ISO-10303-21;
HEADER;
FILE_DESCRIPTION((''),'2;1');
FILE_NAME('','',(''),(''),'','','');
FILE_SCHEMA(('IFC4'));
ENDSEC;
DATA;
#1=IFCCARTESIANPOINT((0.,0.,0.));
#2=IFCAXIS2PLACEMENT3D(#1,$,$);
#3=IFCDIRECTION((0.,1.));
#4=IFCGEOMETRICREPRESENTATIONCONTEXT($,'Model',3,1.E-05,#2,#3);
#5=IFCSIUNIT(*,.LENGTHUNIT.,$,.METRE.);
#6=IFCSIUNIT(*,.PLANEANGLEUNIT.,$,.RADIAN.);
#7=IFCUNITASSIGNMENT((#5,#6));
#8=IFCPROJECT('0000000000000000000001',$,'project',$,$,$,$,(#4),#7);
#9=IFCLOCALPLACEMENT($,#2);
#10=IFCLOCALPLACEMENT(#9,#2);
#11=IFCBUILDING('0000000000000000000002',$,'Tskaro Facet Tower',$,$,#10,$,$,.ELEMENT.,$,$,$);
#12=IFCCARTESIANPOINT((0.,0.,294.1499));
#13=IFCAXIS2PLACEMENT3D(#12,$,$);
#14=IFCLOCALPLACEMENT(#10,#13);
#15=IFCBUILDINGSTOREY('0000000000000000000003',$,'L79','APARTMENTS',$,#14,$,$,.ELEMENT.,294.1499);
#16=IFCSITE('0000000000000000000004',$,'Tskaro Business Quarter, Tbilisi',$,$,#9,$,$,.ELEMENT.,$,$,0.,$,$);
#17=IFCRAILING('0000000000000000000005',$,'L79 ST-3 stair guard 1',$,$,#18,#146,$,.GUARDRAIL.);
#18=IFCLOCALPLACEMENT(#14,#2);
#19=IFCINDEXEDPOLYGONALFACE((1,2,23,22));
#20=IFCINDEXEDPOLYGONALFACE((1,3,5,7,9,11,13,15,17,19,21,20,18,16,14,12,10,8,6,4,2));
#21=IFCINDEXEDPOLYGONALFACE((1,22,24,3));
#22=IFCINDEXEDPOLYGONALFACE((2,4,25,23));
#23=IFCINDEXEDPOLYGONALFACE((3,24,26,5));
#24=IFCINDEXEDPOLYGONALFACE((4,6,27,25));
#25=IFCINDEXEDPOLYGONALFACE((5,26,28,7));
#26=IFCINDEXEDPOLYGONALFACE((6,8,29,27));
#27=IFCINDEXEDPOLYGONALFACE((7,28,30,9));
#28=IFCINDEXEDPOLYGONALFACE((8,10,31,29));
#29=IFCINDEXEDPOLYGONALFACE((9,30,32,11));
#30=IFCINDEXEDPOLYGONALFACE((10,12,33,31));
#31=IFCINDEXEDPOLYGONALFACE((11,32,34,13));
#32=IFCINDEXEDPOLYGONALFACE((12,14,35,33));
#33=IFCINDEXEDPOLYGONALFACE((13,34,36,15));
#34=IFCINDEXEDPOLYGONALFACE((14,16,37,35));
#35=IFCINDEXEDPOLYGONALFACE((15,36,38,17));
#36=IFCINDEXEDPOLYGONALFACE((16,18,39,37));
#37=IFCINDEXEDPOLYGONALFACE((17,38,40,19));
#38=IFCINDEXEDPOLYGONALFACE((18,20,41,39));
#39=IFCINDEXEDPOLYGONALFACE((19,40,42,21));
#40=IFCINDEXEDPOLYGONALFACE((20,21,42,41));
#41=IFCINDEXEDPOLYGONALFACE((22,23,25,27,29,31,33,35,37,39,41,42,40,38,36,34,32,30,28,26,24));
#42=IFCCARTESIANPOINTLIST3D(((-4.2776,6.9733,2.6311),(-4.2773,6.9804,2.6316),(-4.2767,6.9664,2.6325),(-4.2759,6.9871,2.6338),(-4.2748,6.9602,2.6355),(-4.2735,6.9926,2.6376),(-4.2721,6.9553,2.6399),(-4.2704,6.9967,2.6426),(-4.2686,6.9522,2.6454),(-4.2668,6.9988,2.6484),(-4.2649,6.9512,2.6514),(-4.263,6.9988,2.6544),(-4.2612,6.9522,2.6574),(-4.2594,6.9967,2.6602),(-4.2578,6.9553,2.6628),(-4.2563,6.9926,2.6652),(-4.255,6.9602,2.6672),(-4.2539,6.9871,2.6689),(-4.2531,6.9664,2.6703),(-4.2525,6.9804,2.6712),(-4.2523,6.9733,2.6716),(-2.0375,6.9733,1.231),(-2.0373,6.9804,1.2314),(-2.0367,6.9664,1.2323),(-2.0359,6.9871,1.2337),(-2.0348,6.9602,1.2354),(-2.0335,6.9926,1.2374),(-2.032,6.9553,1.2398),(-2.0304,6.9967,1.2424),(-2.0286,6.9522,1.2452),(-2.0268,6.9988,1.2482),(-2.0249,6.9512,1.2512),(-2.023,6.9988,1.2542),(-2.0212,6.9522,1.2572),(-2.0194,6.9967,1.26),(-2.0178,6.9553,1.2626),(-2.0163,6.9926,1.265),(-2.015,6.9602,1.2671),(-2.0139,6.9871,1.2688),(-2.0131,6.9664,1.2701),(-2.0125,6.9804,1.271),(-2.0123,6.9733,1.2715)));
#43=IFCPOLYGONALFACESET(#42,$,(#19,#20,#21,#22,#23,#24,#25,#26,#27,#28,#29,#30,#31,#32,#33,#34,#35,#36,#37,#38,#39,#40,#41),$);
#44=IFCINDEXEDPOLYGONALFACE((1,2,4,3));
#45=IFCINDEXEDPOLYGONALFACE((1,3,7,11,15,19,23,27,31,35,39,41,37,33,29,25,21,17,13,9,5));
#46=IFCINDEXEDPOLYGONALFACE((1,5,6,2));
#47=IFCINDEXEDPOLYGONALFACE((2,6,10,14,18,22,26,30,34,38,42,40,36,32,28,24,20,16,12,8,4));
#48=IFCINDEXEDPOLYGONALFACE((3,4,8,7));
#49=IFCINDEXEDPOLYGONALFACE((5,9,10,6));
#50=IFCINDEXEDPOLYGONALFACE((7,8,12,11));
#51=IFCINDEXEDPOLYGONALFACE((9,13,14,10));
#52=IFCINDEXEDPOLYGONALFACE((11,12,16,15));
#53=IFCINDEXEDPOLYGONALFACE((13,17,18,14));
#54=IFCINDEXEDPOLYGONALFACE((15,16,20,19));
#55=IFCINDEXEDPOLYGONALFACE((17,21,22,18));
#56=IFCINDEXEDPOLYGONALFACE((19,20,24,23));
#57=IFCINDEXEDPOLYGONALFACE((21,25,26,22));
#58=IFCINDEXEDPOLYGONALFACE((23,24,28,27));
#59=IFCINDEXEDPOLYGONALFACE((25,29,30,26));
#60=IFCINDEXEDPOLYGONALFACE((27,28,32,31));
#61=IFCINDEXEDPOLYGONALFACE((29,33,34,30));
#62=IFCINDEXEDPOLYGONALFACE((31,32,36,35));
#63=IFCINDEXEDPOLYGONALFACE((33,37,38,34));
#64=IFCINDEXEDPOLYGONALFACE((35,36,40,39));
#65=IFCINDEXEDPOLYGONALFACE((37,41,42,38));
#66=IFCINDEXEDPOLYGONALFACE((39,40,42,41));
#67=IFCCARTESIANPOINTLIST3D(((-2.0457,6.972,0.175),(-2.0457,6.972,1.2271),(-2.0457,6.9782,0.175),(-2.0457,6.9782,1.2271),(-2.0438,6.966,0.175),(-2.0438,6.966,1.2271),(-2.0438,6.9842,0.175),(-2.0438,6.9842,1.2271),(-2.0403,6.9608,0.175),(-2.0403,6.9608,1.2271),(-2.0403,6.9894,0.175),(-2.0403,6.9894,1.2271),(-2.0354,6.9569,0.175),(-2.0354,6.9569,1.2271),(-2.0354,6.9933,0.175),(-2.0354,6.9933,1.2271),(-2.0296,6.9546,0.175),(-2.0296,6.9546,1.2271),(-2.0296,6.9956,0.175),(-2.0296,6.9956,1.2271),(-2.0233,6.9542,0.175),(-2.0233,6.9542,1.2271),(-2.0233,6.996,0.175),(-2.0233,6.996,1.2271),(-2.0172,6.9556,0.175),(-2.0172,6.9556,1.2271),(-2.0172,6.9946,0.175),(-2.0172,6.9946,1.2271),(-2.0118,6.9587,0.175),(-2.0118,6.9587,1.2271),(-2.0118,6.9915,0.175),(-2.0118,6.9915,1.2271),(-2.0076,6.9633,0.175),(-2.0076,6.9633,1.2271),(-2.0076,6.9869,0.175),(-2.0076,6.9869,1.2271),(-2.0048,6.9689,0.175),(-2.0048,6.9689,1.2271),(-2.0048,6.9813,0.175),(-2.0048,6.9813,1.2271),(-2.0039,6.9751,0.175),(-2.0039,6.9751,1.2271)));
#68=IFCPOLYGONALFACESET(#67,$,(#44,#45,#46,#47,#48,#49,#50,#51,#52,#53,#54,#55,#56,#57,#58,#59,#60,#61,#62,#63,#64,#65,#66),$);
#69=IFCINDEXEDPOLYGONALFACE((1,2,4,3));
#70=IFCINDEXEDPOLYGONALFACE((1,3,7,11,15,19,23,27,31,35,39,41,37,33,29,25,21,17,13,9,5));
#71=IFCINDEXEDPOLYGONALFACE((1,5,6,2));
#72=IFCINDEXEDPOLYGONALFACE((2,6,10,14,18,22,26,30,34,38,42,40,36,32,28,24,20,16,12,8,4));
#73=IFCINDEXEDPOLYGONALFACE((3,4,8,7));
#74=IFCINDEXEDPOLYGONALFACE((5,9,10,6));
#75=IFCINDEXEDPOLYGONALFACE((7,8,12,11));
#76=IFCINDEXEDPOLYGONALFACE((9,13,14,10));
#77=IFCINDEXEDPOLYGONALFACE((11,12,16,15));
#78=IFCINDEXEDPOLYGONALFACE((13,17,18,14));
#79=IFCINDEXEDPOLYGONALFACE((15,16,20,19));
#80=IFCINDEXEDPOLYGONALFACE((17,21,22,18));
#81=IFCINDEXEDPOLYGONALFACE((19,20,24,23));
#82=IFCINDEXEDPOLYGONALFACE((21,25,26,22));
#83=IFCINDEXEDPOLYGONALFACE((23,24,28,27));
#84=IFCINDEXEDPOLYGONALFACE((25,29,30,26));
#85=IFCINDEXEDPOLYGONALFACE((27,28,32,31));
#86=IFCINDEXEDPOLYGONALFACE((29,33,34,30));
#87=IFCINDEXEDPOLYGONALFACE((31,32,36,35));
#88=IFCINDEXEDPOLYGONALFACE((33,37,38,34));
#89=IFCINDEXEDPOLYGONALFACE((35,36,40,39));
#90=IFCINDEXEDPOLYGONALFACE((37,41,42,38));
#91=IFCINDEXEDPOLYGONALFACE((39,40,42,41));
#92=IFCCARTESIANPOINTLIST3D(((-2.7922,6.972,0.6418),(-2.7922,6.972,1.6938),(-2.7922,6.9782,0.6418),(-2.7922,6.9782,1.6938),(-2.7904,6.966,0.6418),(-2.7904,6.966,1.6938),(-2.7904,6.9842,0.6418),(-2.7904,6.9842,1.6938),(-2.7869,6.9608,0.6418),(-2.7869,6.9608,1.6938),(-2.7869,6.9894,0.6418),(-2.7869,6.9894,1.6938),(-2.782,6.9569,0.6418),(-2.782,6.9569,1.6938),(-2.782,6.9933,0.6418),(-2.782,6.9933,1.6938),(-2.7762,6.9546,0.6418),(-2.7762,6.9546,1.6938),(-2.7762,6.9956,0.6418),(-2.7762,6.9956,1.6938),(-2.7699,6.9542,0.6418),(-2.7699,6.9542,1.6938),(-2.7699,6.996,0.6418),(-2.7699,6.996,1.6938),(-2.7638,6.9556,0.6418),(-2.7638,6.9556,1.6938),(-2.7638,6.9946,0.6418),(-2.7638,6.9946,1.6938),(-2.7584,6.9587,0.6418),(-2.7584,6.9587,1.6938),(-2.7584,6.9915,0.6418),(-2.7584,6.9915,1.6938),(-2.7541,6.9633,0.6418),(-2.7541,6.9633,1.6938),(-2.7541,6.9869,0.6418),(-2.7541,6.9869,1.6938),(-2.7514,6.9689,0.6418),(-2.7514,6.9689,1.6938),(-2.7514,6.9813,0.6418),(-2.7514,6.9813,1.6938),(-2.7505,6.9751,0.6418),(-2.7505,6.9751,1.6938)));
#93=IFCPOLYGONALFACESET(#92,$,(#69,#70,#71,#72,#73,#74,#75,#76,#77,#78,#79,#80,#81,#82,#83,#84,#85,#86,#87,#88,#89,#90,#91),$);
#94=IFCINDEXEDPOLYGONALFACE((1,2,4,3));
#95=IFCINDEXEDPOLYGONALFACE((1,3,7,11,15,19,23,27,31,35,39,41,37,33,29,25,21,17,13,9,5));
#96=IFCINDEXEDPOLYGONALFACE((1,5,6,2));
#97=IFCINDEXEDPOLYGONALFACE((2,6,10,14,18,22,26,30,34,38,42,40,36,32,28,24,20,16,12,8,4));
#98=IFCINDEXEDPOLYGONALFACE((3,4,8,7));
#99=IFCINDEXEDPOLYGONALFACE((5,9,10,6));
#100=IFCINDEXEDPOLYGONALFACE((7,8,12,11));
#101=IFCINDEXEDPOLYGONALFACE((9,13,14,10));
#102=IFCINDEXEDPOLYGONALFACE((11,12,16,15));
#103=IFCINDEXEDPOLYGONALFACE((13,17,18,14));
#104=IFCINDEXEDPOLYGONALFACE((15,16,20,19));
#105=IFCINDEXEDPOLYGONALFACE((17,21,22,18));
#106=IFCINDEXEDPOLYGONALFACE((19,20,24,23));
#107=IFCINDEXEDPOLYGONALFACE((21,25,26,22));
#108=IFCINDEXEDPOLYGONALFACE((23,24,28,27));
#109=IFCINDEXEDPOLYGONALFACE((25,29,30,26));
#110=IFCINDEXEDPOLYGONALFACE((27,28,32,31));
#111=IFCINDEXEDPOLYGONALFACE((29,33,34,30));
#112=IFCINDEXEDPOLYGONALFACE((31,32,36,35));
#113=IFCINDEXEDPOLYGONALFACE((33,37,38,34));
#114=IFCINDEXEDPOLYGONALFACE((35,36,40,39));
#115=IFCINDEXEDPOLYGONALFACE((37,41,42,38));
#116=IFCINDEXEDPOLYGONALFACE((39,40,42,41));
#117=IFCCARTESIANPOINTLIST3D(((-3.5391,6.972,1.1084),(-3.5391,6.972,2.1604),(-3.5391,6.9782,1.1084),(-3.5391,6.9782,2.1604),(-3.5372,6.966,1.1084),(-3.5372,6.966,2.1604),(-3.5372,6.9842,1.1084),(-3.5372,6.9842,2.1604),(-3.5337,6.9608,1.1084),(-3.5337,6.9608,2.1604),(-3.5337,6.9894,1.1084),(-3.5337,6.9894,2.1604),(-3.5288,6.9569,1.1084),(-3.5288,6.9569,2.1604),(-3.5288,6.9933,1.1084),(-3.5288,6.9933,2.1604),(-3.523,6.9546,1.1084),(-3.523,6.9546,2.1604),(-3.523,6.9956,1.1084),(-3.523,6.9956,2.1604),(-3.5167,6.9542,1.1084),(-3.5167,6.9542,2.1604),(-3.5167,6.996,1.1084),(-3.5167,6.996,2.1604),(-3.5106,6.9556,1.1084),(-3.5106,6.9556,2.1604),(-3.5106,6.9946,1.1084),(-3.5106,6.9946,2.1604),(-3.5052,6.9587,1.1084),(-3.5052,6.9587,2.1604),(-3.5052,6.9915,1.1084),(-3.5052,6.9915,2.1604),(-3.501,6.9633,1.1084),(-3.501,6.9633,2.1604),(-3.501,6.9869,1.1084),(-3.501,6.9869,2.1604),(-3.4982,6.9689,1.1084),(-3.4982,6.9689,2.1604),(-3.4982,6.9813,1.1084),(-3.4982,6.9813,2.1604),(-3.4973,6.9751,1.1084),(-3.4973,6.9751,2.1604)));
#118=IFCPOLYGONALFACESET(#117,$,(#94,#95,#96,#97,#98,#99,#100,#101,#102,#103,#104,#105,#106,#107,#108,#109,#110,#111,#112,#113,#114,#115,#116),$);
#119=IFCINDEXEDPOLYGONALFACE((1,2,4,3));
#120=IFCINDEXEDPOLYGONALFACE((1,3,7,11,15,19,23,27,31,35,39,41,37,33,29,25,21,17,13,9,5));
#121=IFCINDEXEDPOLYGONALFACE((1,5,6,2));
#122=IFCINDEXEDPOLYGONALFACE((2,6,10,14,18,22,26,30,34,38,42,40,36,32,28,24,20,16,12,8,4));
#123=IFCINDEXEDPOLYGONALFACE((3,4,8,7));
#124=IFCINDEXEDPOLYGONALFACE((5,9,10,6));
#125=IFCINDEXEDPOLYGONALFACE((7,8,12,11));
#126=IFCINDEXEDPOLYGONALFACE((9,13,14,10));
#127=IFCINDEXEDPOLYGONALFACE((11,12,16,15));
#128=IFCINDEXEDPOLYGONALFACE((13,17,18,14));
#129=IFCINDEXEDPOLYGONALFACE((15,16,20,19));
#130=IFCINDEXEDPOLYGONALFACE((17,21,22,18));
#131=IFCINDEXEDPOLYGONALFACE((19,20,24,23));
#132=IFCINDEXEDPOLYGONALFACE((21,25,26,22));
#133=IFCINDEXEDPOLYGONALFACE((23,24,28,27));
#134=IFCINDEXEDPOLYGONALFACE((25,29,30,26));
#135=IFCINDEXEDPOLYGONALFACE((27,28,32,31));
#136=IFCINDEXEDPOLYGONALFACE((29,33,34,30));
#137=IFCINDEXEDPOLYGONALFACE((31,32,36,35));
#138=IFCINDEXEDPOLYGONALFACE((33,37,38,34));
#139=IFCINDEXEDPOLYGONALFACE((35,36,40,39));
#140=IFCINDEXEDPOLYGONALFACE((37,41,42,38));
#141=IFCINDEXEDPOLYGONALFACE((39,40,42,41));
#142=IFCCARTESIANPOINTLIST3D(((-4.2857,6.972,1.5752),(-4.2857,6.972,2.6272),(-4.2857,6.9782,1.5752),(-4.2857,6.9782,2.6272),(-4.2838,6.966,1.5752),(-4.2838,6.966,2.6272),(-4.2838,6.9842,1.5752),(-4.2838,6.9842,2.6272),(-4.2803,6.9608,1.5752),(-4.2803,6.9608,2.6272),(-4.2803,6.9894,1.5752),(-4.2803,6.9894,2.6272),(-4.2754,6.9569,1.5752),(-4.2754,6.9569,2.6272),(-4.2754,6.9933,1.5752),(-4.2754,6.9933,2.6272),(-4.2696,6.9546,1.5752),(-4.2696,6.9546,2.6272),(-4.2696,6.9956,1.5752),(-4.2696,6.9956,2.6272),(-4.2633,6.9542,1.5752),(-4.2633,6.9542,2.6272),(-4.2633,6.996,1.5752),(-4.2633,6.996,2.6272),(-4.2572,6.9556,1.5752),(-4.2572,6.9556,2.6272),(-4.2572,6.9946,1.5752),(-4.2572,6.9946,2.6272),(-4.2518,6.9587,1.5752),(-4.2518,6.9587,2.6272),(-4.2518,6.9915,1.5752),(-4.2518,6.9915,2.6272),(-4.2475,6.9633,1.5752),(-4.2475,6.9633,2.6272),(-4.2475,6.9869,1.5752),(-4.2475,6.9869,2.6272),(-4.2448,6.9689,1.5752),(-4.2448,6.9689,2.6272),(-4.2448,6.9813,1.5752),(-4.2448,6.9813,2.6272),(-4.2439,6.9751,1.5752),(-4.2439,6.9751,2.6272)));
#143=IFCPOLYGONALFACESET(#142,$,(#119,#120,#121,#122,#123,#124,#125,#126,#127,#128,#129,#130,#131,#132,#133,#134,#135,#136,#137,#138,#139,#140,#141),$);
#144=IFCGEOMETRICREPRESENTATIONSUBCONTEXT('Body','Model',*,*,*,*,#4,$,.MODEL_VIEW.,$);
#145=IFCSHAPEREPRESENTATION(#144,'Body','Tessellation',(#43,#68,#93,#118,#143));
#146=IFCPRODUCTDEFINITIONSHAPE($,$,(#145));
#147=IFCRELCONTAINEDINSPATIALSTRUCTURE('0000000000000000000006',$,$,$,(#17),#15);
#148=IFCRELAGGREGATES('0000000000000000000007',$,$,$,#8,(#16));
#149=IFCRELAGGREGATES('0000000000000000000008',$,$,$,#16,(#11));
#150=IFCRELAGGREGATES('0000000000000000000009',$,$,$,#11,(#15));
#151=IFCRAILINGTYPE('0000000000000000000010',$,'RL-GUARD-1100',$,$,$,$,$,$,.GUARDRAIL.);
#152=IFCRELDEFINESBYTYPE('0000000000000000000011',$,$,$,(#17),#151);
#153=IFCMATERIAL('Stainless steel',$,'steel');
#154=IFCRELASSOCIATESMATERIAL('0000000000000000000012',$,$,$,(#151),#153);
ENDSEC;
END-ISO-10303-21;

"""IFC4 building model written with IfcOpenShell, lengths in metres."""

from ifc_helpers import new_model, si_unit, direction, frame, origin, origin_2d, place, context, subcontext, project, spatial, circle, extrude, material, type_object, element, save


model = new_model("IFC4")

# Units and contexts
model_context = context("Model", 3, precision=1e-05, world=origin(), true_north=direction((0.0, 1.0)))
body_context = subcontext(model_context, "Body", "Model", "MODEL_VIEW")
ifc_project = project(units=[si_unit("LENGTHUNIT", "METRE"), si_unit("PLANEANGLEUNIT", "RADIAN")], contexts=[model_context])

# Site, building, storey
site_placement = place(None, origin())
site = spatial("IfcSite", under=ifc_project, at=site_placement, Name="Tskaro Business Quarter, Tbilisi", CompositionType="ELEMENT", RefElevation=0.0)
building_placement = place(site_placement, origin())
building = spatial("IfcBuilding", under=site, at=building_placement, Name="Tskaro Facet Tower", CompositionType="ELEMENT")
storey_placement = place(building_placement, frame((0.0, 0.0, 294.1499)))
storey = spatial("IfcBuildingStorey", under=building, at=storey_placement, Name="L79", Description="APARTMENTS", CompositionType="ELEMENT", Elevation=294.1499)

# Railing
ifc_material_1 = material(Name="Stainless steel", Category="steel")
railing_type_1 = type_object("IfcRailingType", Name="RL-GUARD-1100", PredefinedType="GUARDRAIL", material=ifc_material_1)
railing_1_placement = place(storey_placement, frame((-2.0249, 6.9751, 0.175)))
element("IfcRailing", 1, at=railing_1_placement, inside=storey, type_object=railing_type_1, Name="L79 ST-3 stair guard 1", PredefinedType="GUARDRAIL", context=body_context, shape_type="SweptSolid", body=[
    extrude(circle(Radius=0.0239, at=origin_2d()), frame((0.0, 0.0, 1.0762), z_axis=(-0.847972, 0.0, 0.53004), x_axis=(0.0, -1.0, 0.0)), (0.0, 0.0, 1.0), 2.6416),
    extrude(circle(Radius=0.021, at=origin_2d()), origin(), (0.0, 0.0, 1.0), 1.052),
    extrude(circle(Radius=0.021, at=origin_2d()), frame((-0.7466, 0.0, 0.4668)), (0.0, 0.0, 1.0), 1.052),
    extrude(circle(Radius=0.021, at=origin_2d()), frame((-1.4934, 0.0, 0.9333)), (0.0, 0.0, 1.0), 1.052),
    extrude(circle(Radius=0.021, at=origin_2d()), frame((-2.24, 0.0, 1.4001)), (0.0, 0.0, 1.0), 1.052),
])

save(model, "model.ifc")
